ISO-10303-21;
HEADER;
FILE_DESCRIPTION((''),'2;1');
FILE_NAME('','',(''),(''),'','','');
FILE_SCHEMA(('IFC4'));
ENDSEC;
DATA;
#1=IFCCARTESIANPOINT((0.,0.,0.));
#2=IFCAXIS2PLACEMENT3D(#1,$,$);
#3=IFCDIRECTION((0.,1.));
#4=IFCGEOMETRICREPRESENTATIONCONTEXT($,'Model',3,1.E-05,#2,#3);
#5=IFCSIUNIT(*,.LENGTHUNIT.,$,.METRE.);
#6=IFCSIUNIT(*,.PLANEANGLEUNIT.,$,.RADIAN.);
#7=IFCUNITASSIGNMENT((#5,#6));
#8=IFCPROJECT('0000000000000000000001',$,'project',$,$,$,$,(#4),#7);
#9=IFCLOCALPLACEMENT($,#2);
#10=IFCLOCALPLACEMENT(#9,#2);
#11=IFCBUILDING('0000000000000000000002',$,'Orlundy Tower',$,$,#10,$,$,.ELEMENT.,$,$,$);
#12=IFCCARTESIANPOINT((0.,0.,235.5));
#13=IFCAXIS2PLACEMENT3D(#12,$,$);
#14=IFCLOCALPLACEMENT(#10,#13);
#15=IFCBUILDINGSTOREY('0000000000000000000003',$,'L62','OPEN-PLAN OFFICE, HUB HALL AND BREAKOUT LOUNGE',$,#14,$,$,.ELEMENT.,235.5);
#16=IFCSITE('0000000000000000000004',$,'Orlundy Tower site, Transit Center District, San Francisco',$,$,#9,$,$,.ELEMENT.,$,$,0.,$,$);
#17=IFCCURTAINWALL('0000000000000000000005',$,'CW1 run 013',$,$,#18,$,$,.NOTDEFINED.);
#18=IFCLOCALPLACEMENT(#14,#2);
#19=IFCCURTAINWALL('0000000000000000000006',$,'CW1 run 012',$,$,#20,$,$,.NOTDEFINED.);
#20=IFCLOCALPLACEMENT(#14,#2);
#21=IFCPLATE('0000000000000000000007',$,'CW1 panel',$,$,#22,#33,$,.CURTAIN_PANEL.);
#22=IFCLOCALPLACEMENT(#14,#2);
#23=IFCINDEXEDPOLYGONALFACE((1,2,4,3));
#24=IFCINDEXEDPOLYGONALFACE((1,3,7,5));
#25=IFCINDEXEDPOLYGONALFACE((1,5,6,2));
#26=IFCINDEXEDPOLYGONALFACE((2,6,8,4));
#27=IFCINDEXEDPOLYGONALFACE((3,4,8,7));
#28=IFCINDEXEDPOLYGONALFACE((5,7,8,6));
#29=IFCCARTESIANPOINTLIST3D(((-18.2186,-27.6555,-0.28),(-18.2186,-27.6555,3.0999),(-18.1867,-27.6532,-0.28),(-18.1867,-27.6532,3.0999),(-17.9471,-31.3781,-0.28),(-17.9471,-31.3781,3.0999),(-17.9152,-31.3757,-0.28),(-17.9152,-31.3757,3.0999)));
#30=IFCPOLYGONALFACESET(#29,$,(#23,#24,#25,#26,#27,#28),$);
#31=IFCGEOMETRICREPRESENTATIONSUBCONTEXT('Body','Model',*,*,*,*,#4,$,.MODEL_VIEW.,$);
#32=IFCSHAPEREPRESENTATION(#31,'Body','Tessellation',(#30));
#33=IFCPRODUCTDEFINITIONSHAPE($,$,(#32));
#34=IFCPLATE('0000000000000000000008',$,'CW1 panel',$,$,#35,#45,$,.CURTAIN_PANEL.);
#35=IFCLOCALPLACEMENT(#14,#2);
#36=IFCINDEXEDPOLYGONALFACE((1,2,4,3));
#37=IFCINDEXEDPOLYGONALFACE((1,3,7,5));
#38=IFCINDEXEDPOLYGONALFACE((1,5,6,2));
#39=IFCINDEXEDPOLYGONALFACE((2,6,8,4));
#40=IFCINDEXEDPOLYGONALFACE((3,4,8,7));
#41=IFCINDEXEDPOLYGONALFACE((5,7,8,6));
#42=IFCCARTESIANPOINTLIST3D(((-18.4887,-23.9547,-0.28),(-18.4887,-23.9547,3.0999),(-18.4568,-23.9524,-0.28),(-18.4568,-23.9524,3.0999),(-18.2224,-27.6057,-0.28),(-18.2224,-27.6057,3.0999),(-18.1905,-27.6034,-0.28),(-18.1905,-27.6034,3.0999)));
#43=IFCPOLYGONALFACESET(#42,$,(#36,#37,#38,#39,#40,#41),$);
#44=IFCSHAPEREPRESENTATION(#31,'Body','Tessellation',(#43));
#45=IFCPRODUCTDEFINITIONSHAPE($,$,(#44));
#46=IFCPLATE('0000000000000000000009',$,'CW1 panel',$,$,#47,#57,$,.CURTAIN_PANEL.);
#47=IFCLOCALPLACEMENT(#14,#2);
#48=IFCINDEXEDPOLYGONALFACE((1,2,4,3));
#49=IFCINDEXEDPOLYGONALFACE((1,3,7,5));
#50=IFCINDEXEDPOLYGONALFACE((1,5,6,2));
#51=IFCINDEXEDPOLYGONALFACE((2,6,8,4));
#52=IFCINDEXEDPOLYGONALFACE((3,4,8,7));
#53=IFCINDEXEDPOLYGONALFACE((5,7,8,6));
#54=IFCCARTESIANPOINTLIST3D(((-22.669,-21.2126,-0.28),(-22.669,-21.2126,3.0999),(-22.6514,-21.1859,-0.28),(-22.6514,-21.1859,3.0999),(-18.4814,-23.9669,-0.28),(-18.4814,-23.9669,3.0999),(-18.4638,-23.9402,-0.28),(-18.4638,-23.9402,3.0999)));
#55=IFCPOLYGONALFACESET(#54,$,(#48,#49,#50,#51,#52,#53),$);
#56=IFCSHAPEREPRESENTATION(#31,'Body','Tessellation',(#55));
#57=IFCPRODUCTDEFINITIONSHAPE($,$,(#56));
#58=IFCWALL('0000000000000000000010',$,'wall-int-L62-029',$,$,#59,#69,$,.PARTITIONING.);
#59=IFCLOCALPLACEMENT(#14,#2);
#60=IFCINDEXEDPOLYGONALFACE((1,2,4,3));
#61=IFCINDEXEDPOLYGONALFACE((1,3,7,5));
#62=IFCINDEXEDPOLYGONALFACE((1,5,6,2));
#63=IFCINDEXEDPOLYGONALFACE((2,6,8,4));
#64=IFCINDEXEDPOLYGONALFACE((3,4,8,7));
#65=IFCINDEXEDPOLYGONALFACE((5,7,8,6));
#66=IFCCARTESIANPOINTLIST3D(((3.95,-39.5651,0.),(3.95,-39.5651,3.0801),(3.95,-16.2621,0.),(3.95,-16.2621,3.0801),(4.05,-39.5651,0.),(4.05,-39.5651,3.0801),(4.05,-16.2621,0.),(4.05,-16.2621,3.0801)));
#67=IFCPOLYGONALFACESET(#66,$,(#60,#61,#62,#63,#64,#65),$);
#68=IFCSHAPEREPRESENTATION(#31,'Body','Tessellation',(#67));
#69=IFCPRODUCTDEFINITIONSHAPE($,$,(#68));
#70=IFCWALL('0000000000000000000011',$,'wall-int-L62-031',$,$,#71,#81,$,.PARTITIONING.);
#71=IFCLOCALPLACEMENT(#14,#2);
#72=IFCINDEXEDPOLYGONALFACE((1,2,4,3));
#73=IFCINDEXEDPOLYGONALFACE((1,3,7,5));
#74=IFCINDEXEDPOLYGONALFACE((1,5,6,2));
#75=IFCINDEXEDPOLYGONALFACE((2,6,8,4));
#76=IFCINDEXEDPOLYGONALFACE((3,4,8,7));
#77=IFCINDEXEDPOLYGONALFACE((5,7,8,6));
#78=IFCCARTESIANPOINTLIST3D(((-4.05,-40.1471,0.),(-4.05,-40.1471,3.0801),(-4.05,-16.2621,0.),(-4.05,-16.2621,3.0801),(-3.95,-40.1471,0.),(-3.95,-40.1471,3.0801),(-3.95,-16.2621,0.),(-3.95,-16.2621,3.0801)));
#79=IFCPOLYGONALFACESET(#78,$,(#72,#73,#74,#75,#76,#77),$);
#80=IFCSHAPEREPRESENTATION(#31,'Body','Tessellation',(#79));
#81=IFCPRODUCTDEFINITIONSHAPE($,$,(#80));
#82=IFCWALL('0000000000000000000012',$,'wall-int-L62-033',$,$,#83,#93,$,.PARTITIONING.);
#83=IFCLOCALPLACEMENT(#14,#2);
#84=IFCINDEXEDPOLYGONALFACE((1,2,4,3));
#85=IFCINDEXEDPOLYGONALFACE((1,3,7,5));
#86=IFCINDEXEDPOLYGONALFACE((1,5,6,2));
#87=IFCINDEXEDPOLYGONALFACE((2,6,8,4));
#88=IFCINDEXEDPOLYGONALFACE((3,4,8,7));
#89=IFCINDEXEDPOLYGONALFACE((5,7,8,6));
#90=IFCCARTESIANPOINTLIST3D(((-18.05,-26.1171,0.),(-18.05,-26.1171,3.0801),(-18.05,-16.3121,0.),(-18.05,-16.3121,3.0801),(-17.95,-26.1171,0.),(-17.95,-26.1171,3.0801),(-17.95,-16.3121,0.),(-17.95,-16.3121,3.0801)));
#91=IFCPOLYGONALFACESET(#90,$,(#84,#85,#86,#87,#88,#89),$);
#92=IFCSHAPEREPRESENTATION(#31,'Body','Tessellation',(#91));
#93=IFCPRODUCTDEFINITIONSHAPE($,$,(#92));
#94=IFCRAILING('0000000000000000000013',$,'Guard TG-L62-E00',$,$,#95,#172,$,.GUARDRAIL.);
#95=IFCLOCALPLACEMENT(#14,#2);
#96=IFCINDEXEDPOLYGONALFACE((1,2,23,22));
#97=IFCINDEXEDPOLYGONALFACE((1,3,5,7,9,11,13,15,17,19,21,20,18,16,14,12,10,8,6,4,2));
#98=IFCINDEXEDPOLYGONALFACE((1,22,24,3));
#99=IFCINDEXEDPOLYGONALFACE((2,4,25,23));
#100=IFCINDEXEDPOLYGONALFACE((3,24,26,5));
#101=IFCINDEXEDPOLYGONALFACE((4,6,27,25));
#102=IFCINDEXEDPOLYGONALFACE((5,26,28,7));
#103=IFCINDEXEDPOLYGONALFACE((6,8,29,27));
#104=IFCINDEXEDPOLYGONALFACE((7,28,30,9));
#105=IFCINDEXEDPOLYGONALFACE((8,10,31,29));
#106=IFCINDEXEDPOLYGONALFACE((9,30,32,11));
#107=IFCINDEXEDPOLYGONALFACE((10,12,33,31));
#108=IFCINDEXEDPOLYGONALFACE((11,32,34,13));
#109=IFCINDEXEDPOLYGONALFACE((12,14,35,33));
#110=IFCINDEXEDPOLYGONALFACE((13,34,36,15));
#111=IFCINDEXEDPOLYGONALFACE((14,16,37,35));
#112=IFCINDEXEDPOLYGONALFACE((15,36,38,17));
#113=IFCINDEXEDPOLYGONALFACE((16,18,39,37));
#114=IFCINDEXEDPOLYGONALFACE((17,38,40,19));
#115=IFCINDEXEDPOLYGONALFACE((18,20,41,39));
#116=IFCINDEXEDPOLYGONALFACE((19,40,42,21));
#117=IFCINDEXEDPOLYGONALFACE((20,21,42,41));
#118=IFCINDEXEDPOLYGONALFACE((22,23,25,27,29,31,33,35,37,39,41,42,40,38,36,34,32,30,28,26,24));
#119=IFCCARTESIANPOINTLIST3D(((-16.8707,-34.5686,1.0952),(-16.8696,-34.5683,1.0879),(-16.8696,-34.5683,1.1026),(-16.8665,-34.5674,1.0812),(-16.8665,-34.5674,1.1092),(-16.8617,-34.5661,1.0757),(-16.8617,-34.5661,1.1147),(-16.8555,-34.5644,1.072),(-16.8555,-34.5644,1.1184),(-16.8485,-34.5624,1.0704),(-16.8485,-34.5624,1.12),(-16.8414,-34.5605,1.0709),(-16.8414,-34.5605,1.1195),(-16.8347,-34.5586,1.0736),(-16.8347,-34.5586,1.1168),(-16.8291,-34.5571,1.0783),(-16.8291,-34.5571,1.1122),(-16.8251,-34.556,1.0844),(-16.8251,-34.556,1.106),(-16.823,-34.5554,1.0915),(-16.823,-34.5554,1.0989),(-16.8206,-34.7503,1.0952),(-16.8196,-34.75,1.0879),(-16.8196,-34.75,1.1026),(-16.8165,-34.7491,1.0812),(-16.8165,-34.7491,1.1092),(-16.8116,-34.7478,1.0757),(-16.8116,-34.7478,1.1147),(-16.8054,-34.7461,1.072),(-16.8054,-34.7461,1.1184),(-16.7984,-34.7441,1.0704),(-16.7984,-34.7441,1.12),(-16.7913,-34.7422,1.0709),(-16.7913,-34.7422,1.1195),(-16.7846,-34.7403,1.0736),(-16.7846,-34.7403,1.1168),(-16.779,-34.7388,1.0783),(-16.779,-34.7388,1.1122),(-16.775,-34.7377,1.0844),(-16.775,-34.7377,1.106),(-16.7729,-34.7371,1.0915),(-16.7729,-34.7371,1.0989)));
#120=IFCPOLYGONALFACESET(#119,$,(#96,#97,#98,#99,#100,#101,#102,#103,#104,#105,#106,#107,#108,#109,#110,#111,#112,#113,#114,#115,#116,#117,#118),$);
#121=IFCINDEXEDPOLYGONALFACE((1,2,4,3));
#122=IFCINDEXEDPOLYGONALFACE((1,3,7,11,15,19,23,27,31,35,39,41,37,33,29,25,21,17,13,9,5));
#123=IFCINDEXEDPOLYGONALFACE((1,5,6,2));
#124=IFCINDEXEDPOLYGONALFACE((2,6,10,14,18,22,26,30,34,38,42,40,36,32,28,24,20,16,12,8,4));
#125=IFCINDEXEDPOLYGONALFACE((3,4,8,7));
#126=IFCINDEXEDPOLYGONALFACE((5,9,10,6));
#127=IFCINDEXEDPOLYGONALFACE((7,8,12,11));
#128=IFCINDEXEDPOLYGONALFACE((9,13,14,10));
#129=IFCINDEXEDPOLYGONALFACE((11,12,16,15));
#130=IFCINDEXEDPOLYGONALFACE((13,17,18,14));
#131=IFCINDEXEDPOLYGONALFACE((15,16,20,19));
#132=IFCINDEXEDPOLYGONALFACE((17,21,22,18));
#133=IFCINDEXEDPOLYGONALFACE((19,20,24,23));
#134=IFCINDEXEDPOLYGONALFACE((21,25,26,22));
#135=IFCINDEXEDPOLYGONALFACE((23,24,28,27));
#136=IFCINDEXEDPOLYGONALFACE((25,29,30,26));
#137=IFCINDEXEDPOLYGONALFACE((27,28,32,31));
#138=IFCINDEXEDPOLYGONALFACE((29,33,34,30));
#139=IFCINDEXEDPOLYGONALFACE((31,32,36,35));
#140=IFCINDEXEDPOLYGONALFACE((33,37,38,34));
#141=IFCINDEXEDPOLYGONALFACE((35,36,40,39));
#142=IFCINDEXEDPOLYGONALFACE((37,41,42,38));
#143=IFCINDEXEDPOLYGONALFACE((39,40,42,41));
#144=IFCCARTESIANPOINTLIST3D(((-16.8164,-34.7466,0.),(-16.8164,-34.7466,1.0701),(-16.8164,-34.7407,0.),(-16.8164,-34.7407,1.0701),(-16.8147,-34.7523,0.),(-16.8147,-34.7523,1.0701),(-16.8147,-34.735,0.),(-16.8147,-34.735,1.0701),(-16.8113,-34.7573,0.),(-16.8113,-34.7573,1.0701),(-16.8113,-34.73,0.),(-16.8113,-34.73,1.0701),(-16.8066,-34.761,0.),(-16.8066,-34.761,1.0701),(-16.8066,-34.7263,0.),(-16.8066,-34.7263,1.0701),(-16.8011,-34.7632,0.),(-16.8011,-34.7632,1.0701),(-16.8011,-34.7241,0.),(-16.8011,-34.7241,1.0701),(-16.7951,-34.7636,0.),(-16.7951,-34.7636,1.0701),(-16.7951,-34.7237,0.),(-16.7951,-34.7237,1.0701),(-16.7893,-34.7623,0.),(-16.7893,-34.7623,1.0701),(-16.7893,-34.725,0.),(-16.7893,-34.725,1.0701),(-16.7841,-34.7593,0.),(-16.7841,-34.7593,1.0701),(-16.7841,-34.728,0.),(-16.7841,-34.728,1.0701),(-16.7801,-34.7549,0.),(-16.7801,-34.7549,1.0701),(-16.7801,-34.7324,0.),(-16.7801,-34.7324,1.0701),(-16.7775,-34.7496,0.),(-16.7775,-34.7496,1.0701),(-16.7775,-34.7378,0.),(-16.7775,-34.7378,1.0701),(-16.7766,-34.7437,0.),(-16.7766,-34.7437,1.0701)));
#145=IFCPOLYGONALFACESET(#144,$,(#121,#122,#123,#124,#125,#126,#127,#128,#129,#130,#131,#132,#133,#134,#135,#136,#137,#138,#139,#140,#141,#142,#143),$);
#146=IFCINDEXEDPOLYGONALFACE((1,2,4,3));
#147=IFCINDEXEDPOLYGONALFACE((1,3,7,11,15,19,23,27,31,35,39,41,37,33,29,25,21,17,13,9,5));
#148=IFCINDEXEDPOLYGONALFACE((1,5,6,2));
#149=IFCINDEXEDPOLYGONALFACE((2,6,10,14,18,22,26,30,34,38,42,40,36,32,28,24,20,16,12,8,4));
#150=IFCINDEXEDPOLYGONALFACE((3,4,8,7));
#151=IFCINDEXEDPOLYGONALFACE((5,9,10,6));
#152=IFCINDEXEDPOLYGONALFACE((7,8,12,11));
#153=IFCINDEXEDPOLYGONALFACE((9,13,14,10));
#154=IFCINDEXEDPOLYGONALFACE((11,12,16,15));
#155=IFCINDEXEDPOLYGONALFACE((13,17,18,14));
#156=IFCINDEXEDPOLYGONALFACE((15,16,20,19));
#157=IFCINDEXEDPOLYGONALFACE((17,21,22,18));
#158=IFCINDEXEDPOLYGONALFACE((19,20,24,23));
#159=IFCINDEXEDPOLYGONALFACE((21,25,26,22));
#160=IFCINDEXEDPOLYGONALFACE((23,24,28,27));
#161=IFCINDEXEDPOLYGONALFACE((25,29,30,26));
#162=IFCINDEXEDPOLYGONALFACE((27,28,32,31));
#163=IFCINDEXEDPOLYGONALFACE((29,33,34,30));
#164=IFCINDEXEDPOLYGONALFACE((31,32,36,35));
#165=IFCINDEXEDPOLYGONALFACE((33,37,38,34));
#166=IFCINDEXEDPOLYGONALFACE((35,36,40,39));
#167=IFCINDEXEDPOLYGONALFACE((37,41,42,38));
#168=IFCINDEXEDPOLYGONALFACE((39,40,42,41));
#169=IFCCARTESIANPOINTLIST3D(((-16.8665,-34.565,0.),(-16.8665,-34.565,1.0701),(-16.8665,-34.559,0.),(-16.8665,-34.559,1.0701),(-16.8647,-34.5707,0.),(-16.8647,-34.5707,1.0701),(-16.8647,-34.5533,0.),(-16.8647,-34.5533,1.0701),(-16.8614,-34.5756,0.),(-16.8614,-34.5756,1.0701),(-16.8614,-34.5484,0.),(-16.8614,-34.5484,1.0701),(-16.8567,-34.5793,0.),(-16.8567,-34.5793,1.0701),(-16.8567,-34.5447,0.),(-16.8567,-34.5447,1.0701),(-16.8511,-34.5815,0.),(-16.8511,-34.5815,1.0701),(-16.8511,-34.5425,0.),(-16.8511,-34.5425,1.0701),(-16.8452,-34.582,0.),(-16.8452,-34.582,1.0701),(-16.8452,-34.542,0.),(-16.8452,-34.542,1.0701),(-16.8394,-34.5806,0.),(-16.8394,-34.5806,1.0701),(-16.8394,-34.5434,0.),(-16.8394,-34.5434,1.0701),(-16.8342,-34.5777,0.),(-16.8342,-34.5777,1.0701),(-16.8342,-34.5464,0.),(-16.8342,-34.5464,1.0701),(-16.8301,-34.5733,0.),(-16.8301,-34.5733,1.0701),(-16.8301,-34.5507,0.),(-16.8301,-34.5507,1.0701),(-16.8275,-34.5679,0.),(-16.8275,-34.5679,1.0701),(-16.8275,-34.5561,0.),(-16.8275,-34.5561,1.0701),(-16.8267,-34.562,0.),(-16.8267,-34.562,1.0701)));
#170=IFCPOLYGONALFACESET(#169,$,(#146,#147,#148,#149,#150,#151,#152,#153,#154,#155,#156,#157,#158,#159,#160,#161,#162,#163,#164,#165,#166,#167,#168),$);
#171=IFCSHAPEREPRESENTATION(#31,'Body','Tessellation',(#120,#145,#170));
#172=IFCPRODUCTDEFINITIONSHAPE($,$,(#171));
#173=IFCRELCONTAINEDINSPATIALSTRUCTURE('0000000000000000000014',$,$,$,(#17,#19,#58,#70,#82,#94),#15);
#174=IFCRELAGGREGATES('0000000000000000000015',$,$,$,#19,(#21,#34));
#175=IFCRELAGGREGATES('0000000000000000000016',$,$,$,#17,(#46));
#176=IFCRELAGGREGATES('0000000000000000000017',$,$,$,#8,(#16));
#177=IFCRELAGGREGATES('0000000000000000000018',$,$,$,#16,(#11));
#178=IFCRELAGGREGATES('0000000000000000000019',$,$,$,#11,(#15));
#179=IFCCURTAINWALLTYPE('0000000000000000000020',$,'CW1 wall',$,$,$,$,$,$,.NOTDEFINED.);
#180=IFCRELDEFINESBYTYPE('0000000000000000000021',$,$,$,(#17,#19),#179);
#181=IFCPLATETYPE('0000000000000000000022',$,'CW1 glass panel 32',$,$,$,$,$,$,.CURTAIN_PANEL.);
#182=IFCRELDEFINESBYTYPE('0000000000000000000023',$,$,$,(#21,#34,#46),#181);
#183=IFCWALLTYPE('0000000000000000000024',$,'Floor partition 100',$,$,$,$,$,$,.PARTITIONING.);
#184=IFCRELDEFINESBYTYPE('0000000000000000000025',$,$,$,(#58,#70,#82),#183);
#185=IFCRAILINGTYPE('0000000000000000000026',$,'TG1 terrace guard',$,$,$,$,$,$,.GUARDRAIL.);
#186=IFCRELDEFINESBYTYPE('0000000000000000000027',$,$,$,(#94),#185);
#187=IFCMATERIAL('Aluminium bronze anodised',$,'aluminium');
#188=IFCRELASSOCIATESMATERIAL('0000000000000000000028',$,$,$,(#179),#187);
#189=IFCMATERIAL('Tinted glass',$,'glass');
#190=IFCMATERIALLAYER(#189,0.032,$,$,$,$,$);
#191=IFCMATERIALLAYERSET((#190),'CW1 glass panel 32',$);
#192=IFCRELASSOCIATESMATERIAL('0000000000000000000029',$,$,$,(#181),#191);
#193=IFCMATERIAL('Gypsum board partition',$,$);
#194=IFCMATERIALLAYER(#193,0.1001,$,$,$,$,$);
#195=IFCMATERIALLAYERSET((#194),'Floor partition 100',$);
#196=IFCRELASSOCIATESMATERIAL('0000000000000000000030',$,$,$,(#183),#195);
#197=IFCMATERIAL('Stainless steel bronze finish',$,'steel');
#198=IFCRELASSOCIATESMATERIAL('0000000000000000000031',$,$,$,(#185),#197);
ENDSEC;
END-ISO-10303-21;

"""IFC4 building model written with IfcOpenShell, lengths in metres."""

from ifc_helpers import new_model, si_unit, direction, frame, frame_2d, origin, origin_2d, place, context, subcontext, project, spatial, rectangle, circle, extrude, material, layer, layer_set, type_object, element, aggregate, save


model = new_model("IFC4")

# Units and contexts
model_context = context("Model", 3, precision=1e-05, world=origin(), true_north=direction((0.0, 1.0)))
body_context = subcontext(model_context, "Body", "Model", "MODEL_VIEW")
ifc_project = project(units=[si_unit("LENGTHUNIT", "METRE"), si_unit("PLANEANGLEUNIT", "RADIAN")], contexts=[model_context])

# Site, building, storey
site_placement = place(None, origin())
site = spatial("IfcSite", under=ifc_project, at=site_placement, Name="Orlundy Tower site, Transit Center District, San Francisco", CompositionType="ELEMENT", RefElevation=0.0)
building_placement = place(site_placement, origin())
building = spatial("IfcBuilding", under=site, at=building_placement, Name="Orlundy Tower", CompositionType="ELEMENT")
storey_placement = place(building_placement, frame((0.0, 0.0, 235.5)))
storey = spatial("IfcBuildingStorey", under=building, at=storey_placement, Name="L62", Description="OPEN-PLAN OFFICE, HUB HALL AND BREAKOUT LOUNGE", CompositionType="ELEMENT", Elevation=235.5)

# Curtain wall
ifc_material_1 = material(Name="Aluminium bronze anodised", Category="aluminium")
curtain_wall_type = type_object("IfcCurtainWallType", Name="CW1 wall", PredefinedType="NOTDEFINED", material=ifc_material_1)
curtain_wall_1_placement = place(storey_placement, origin())
curtain_wall_1 = element("IfcCurtainWall", 1, at=curtain_wall_1_placement, inside=storey, type_object=curtain_wall_type, Name="CW1 run 013", PredefinedType="NOTDEFINED")

# Curtain wall
curtain_wall_2_placement = place(storey_placement, origin())
curtain_wall_2 = element("IfcCurtainWall", 2, at=curtain_wall_2_placement, inside=storey, type_object=curtain_wall_type, Name="CW1 run 012", PredefinedType="NOTDEFINED")

# Plates
ifc_material_2 = material(Name="Tinted glass", Category="glass")
ifc_layer_1 = layer(ifc_material_2, 0.032)
ifc_layer_set_1 = layer_set([ifc_layer_1], Name="CW1 glass panel 32")
plate_type = type_object("IfcPlateType", Name="CW1 glass panel 32", PredefinedType="CURTAIN_PANEL", material=ifc_layer_set_1)
plate_1_placement = place(storey_placement, frame((-18.0669, -29.5156, -0.28), z_axis=(0.0, 0.0, 1.0), x_axis=(-0.072747, 0.99735, 0.0)))
plate_1 = element("IfcPlate", 3, at=plate_1_placement, type_object=plate_type, Name="CW1 panel", PredefinedType="CURTAIN_PANEL", context=body_context, shape_type="SweptSolid", body=[
    extrude(rectangle(XDim=3.7324, YDim=0.032, at=origin_2d()), origin(), (0.0, 0.0, 1.0), 3.3799),
])
plate_2_placement = place(storey_placement, frame((-18.3396, -25.7791, -0.28), z_axis=(0.0, 0.0, 1.0), x_axis=(-0.072747, 0.99735, 0.0)))
plate_2 = element("IfcPlate", 4, at=plate_2_placement, type_object=plate_type, Name="CW1 panel", PredefinedType="CURTAIN_PANEL", context=body_context, shape_type="SweptSolid", body=[
    extrude(rectangle(XDim=3.6606, YDim=0.032, at=origin_2d()), origin(), (0.0, 0.0, 1.0), 3.3799),
])
aggregate(curtain_wall_2, [plate_1, plate_2])
plate_3_placement = place(storey_placement, frame((-20.5664, -22.5764, -0.28), z_axis=(0.0, 0.0, 1.0), x_axis=(-0.835476, 0.549527, 0.0)))
plate_3 = element("IfcPlate", 5, at=plate_3_placement, type_object=plate_type, Name="CW1 panel", PredefinedType="CURTAIN_PANEL", context=body_context, shape_type="SweptSolid", body=[
    extrude(rectangle(XDim=5.0122, YDim=0.032, at=origin_2d()), origin(), (0.0, 0.0, 1.0), 3.3799),
])
aggregate(curtain_wall_1, [plate_3])

# Walls
ifc_material_3 = material(Name="Gypsum board partition")
ifc_layer_2 = layer(ifc_material_3, 0.1001)
ifc_layer_set_2 = layer_set([ifc_layer_2], Name="Floor partition 100")
wall_type = type_object("IfcWallType", Name="Floor partition 100", PredefinedType="PARTITIONING", material=ifc_layer_set_2)
wall_1_placement = place(storey_placement, frame((4.0, -39.5649, 0.0), z_axis=(0.0, 0.0, 1.0), x_axis=(0.0, 1.0, 0.0)))
element("IfcWall", 6, at=wall_1_placement, inside=storey, type_object=wall_type, Name="wall-int-L62-029", PredefinedType="PARTITIONING", context=body_context, shape_type="SweptSolid", body=[
    extrude(rectangle(XDim=23.303, YDim=0.1001, at=frame_2d((11.6514, 0.0))), origin(), (0.0, 0.0, 1.0), 3.0801),
])
wall_2_placement = place(storey_placement, frame((-4.0, -40.147, 0.0), z_axis=(0.0, 0.0, 1.0), x_axis=(0.0, 1.0, 0.0)))
element("IfcWall", 7, at=wall_2_placement, inside=storey, type_object=wall_type, Name="wall-int-L62-031", PredefinedType="PARTITIONING", context=body_context, shape_type="SweptSolid", body=[
    extrude(rectangle(XDim=23.885, YDim=0.1001, at=frame_2d((11.9424, 0.0))), origin(), (0.0, 0.0, 1.0), 3.0801),
])
wall_3_placement = place(storey_placement, frame((-18.0, -26.1169, 0.0), z_axis=(0.0, 0.0, 1.0), x_axis=(0.0, 1.0, 0.0)))
element("IfcWall", 8, at=wall_3_placement, inside=storey, type_object=wall_type, Name="wall-int-L62-033", PredefinedType="PARTITIONING", context=body_context, shape_type="SweptSolid", body=[
    extrude(rectangle(XDim=9.8049, YDim=0.1001, at=frame_2d((4.9023, 0.0))), origin(), (0.0, 0.0, 1.0), 3.0801),
])

# Railing
ifc_material_4 = material(Name="Stainless steel bronze finish", Category="steel")
railing_type = type_object("IfcRailingType", Name="TG1 terrace guard", PredefinedType="GUARDRAIL", material=ifc_material_4)
railing_placement = place(storey_placement, frame((-16.7966, -34.7437, 0.0)))
element("IfcRailing", 9, at=railing_placement, inside=storey, type_object=railing_type, Name="Guard TG-L62-E00", PredefinedType="GUARDRAIL", context=body_context, shape_type="SweptSolid", body=[
    extrude(circle(Radius=0.0249, at=origin_2d()), frame((0.0, 0.0, 1.0952), z_axis=(-0.265638, 0.964073, 0.0), x_axis=(-0.964073, -0.265638, 0.0)), (0.0, 0.0, 1.0), 0.1885),
    extrude(circle(Radius=0.02, at=origin_2d()), origin(), (0.0, 0.0, 1.0), 1.0701),
    extrude(circle(Radius=0.02, at=origin_2d()), frame((-0.05, 0.1816, 0.0)), (0.0, 0.0, 1.0), 1.0701),
])

save(model, "model.ifc")
